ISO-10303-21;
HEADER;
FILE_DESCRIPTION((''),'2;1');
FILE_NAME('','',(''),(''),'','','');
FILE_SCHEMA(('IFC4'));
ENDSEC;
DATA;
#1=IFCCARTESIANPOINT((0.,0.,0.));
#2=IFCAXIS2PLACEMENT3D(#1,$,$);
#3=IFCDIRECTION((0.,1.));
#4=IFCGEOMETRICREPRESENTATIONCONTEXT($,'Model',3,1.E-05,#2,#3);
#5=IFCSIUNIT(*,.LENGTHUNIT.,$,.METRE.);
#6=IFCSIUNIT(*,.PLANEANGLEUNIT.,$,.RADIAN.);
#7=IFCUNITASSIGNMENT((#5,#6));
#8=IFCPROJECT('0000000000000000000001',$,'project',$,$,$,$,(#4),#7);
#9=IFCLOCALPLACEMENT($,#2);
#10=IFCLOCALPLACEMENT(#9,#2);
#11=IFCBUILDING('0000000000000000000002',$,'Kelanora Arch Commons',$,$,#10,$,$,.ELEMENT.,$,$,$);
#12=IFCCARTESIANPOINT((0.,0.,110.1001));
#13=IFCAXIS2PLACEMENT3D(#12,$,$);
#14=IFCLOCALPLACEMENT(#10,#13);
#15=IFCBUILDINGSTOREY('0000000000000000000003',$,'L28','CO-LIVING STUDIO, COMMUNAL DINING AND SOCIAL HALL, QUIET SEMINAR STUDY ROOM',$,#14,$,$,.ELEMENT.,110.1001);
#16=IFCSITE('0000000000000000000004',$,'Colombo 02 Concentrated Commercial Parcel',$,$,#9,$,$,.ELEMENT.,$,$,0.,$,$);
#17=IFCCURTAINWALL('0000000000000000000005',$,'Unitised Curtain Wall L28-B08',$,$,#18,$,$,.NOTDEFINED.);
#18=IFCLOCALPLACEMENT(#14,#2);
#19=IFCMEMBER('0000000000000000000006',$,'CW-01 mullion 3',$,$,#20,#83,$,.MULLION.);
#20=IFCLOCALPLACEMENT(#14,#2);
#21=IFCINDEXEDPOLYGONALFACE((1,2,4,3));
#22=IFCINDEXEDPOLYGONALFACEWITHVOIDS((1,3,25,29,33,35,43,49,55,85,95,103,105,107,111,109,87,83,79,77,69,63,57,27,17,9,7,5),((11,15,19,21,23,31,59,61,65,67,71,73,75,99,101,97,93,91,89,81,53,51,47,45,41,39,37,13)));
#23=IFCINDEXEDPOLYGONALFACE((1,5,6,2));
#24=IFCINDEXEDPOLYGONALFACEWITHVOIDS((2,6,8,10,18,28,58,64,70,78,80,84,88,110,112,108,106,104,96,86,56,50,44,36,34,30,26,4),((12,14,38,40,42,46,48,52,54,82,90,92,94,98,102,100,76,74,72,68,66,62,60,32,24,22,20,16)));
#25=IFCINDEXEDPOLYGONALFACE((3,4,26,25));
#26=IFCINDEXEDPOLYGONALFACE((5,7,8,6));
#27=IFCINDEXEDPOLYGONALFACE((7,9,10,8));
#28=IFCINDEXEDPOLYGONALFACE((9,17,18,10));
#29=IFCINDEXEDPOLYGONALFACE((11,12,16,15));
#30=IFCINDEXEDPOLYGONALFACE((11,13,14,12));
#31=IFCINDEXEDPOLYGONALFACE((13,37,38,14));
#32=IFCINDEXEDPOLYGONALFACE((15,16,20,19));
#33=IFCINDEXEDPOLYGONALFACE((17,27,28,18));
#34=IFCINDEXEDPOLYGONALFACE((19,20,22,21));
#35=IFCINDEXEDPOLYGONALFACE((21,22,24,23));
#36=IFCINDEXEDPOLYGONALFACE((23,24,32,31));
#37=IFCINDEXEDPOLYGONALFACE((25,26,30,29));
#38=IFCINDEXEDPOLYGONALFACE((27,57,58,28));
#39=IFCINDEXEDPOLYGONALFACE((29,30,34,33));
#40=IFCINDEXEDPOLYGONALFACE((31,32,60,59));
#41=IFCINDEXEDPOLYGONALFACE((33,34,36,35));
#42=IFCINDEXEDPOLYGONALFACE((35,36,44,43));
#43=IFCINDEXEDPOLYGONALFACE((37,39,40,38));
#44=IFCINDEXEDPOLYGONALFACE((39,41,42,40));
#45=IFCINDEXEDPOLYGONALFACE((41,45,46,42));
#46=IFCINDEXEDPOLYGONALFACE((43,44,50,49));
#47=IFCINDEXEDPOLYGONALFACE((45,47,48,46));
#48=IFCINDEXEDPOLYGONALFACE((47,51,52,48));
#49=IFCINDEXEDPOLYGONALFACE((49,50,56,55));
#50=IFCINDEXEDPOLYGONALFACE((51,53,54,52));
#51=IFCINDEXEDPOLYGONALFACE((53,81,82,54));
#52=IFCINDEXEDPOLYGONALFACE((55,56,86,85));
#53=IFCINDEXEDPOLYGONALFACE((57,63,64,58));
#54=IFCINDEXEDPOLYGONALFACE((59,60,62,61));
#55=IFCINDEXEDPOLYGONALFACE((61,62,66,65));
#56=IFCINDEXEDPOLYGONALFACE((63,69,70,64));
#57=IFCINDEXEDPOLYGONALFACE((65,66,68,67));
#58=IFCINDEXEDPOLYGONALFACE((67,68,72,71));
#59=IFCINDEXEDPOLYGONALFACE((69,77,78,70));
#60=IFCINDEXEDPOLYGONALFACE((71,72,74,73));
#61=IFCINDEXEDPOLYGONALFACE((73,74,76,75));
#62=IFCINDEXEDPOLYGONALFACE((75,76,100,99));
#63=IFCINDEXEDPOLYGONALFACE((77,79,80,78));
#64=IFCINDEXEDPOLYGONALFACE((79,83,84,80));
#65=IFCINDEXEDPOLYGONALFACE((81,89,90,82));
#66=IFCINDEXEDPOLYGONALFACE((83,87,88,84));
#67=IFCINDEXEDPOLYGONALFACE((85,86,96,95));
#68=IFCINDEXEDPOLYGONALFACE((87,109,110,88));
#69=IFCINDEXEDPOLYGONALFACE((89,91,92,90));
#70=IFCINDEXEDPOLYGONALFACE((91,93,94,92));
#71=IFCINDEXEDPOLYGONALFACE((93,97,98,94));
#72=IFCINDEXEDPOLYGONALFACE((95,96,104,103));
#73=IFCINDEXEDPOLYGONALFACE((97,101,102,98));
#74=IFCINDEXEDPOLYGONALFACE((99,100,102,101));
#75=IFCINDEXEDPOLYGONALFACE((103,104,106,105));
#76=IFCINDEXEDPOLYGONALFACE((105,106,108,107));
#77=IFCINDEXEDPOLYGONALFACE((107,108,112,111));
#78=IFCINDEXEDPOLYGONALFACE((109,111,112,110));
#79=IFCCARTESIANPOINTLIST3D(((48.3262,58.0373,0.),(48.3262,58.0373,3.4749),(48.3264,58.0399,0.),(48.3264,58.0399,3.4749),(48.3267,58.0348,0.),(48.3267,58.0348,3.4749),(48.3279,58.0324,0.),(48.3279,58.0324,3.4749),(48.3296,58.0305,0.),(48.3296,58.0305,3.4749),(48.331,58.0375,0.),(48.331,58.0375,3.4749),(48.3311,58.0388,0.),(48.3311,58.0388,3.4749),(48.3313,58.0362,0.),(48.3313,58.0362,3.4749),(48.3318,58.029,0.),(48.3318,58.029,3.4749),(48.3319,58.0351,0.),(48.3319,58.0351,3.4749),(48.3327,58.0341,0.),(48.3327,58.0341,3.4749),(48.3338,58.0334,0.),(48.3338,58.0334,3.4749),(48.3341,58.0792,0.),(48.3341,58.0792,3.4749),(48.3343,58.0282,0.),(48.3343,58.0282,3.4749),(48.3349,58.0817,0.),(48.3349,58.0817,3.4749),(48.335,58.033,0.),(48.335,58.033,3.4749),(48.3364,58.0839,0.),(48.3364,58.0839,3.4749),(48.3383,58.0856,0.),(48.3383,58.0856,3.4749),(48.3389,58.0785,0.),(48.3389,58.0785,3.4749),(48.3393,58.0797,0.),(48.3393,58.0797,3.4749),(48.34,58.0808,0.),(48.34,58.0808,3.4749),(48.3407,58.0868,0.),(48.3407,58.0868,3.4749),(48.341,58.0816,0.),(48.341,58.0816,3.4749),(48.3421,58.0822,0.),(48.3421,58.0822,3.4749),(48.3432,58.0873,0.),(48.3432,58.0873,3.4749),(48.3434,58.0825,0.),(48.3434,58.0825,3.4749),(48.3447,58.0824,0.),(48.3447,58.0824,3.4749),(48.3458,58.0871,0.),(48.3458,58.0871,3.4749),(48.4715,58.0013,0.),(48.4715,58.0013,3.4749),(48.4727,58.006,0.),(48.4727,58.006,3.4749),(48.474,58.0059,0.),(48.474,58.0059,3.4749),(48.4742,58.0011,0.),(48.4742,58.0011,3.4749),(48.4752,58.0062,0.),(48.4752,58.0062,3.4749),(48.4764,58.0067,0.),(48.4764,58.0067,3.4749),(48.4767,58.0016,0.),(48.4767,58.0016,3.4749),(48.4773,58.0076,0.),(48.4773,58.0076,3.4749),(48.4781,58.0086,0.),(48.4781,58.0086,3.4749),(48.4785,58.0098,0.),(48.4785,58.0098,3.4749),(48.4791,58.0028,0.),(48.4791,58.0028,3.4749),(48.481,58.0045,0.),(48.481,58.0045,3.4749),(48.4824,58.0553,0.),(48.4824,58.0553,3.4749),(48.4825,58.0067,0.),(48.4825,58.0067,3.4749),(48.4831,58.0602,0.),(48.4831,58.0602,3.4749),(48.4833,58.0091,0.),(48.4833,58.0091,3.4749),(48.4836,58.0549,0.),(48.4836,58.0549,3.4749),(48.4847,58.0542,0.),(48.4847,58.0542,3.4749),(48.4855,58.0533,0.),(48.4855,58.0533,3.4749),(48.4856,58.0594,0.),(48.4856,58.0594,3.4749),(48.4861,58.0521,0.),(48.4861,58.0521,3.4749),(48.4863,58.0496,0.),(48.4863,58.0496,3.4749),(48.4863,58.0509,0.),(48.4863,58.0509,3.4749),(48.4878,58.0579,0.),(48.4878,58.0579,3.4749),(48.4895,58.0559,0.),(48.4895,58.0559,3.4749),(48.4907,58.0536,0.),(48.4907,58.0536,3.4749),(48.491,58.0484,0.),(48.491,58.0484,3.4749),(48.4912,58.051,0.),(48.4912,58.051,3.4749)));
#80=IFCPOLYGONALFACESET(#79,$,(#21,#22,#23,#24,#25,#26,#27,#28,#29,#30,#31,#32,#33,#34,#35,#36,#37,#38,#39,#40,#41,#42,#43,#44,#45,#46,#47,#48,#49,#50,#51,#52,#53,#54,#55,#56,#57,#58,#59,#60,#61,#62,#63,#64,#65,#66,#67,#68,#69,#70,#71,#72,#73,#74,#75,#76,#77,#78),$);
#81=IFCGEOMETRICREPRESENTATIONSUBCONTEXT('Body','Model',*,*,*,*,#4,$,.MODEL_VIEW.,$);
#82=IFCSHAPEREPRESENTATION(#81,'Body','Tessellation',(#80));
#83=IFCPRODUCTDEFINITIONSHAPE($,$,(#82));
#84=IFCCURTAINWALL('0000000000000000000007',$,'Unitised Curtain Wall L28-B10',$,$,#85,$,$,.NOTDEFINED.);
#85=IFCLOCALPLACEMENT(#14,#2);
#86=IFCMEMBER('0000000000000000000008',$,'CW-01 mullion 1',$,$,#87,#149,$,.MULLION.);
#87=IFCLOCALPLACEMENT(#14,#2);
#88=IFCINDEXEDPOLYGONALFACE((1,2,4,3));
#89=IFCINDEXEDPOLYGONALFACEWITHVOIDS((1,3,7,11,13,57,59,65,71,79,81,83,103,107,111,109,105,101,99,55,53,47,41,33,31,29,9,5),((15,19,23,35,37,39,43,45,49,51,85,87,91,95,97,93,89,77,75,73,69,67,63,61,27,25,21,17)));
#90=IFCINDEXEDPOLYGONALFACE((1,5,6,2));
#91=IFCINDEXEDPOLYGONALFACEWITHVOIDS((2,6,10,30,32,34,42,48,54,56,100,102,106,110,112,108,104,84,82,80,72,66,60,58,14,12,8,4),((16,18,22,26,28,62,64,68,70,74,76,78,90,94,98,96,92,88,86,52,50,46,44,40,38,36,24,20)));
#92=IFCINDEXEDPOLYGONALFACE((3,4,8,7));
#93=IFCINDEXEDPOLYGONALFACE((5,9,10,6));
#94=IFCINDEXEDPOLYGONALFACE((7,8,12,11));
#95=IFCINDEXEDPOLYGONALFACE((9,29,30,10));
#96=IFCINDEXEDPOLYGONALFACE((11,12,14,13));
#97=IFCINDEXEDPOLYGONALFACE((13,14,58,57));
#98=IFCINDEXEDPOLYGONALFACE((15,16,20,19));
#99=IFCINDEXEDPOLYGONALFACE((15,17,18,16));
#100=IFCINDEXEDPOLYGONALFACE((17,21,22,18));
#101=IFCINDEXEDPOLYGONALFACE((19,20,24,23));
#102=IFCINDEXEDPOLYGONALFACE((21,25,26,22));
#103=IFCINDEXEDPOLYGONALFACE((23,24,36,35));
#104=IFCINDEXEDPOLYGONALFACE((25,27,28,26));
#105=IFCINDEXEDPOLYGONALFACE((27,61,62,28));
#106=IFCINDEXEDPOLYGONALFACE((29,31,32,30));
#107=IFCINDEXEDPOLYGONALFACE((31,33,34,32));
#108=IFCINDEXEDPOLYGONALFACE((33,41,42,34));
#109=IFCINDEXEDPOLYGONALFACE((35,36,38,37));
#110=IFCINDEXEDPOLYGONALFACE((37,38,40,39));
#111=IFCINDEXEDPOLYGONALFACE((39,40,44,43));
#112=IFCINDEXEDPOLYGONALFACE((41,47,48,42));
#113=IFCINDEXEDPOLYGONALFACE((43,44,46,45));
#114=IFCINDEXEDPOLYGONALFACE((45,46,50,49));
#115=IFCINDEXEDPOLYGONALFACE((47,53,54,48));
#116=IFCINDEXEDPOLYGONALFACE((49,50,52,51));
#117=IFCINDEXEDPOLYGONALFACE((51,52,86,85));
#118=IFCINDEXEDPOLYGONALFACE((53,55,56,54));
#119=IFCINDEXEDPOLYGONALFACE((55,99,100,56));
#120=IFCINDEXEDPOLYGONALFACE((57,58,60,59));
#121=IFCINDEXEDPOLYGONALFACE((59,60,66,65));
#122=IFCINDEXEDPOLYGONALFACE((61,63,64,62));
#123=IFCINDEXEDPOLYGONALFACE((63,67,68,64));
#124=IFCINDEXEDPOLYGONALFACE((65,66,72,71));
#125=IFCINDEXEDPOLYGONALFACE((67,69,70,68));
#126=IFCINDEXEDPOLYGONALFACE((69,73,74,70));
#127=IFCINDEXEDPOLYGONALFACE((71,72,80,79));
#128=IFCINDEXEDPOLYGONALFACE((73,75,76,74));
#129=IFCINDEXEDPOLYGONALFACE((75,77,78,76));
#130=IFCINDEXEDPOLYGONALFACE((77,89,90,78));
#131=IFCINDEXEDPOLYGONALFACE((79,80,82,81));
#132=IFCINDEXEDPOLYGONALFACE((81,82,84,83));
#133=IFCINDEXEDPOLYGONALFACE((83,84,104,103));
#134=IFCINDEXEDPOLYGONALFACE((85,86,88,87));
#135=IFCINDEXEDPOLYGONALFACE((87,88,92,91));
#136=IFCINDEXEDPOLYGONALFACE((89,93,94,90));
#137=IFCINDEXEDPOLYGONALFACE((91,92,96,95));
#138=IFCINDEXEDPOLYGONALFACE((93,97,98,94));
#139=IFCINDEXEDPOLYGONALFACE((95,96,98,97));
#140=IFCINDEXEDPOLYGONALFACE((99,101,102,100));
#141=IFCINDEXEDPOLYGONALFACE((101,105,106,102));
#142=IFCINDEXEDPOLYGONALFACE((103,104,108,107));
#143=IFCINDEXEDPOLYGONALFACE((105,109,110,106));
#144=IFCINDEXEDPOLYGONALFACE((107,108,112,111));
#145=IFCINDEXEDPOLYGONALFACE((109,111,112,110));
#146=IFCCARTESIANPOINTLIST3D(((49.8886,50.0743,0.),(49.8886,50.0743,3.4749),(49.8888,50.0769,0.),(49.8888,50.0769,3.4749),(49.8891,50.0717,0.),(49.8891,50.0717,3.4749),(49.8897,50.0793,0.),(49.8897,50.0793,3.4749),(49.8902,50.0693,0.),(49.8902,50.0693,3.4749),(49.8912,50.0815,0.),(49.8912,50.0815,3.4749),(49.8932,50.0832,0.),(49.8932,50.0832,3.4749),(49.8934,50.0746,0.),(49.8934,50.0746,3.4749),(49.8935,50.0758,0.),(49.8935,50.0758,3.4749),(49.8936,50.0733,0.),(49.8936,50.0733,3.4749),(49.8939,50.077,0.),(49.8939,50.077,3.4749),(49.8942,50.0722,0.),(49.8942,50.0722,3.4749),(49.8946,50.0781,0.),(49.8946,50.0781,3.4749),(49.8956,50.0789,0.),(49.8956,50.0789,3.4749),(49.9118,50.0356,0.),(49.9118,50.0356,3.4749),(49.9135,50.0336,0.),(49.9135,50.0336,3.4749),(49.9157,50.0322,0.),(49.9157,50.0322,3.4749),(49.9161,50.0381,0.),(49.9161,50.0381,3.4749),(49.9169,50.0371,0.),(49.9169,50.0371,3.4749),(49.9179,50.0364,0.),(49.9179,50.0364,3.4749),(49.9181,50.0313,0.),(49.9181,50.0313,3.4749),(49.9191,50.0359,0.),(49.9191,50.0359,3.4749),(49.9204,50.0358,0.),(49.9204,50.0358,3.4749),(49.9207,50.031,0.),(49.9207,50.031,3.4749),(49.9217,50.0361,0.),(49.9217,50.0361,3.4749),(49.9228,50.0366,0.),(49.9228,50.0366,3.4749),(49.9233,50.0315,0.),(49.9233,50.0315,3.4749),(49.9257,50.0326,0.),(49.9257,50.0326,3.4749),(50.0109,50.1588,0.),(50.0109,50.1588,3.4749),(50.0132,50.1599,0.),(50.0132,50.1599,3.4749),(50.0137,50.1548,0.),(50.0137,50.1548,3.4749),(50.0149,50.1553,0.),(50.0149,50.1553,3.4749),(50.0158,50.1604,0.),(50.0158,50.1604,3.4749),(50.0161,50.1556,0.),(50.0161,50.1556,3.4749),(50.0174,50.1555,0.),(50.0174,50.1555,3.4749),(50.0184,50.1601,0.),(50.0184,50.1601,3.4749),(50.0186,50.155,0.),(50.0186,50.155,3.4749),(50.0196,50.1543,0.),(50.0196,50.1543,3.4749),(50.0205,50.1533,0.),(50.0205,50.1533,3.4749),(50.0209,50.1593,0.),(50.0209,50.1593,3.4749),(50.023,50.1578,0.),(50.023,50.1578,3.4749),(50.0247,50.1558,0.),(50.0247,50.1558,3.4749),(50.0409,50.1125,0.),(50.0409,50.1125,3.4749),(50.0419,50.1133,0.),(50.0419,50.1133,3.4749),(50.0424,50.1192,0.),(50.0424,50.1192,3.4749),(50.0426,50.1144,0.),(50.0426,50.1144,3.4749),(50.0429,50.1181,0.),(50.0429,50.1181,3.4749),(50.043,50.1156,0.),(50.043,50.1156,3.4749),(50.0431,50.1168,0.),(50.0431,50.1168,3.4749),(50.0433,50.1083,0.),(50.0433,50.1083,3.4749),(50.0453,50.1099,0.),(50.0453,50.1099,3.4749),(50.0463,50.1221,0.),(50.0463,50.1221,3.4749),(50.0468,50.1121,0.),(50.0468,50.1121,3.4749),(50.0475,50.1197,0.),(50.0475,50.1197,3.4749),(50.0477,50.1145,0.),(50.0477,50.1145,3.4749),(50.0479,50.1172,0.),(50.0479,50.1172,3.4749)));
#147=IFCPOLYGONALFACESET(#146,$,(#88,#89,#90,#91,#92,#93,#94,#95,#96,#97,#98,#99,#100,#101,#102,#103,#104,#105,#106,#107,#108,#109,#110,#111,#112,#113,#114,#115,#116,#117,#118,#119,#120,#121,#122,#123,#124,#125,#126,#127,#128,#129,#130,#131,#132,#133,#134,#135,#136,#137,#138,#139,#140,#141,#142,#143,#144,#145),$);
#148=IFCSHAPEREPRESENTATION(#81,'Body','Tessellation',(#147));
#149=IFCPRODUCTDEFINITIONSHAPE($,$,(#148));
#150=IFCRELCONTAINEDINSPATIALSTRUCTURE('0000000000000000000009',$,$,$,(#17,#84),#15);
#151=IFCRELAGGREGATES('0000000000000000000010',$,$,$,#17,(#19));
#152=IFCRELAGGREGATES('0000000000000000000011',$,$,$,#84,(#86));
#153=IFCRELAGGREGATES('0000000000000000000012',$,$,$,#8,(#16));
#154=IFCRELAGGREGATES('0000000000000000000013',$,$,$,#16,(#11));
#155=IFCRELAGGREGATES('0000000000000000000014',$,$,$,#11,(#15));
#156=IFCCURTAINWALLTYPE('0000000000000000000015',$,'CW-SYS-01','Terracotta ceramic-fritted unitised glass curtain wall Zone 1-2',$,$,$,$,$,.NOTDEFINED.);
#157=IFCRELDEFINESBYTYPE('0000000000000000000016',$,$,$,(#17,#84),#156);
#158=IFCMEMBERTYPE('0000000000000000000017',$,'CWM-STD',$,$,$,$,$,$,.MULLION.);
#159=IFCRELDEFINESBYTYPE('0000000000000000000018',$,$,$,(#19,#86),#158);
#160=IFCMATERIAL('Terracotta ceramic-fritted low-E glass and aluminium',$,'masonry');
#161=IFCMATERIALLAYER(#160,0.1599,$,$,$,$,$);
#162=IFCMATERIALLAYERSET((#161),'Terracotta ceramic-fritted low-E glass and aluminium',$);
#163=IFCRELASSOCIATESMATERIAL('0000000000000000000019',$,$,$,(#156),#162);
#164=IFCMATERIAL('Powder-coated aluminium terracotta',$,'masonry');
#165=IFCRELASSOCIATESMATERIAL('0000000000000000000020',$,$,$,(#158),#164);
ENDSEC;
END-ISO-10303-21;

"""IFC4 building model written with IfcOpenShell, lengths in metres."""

from ifc_helpers import new_model, si_unit, direction, frame, origin, origin_2d, place, context, subcontext, project, spatial, hollow_rectangle, extrude, material, layer, layer_set, material_profile, profile_set, type_object, element, aggregate, save


model = new_model("IFC4")

# Units and contexts
model_context = context("Model", 3, precision=1e-05, world=origin(), true_north=direction((0.0, 1.0)))
body_context = subcontext(model_context, "Body", "Model", "MODEL_VIEW")
ifc_project = project(units=[si_unit("LENGTHUNIT", "METRE"), si_unit("PLANEANGLEUNIT", "RADIAN")], contexts=[model_context])

# Site, building, storey
site_placement = place(None, origin())
site = spatial("IfcSite", under=ifc_project, at=site_placement, Name="Colombo 02 Concentrated Commercial Parcel", CompositionType="ELEMENT", RefElevation=0.0)
building_placement = place(site_placement, origin())
building = spatial("IfcBuilding", under=site, at=building_placement, Name="Kelanora Arch Commons", CompositionType="ELEMENT")
storey_placement = place(building_placement, frame((0.0, 0.0, 110.1001)))
storey = spatial("IfcBuildingStorey", under=building, at=storey_placement, Name="L28", Description="CO-LIVING STUDIO, COMMUNAL DINING AND SOCIAL HALL, QUIET SEMINAR STUDY ROOM", CompositionType="ELEMENT", Elevation=110.1001)

# Curtain wall, member
ifc_material_1 = material(Name="Terracotta ceramic-fritted low-E glass and aluminium", Category="masonry")
ifc_layer_1 = layer(ifc_material_1, 0.1599)
ifc_layer_set_1 = layer_set([ifc_layer_1], Name="Terracotta ceramic-fritted low-E glass and aluminium")
curtain_wall_type = type_object("IfcCurtainWallType", Name="CW-SYS-01", Description="Terracotta ceramic-fritted unitised glass curtain wall Zone 1-2", PredefinedType="NOTDEFINED", material=ifc_layer_set_1)
curtain_wall_1_placement = place(storey_placement, origin())
curtain_wall_1 = element("IfcCurtainWall", 1, at=curtain_wall_1_placement, inside=storey, type_object=curtain_wall_type, Name="Unitised Curtain Wall L28-B08", PredefinedType="NOTDEFINED")
ifc_material_2 = material(Name="Powder-coated aluminium terracotta", Category="masonry")
ifc_material_profile_1 = material_profile(ifc_material_2, hollow_rectangle(XDim=0.1599, YDim=0.0601, WallThickness=0.0049, InnerFilletRadius=0.0049, OuterFilletRadius=0.01, at=origin_2d()), Name="CWM160x60")
ifc_profile_set_1 = profile_set([ifc_material_profile_1], Name="Powder-coated aluminium terracotta")
member_type_1 = type_object("IfcMemberType", Name="CWM-STD", PredefinedType="MULLION", material=ifc_profile_set_1)
member_1_placement = place(storey_placement, frame((48.4087, 58.0442, 0.0), z_axis=(0.0, 0.0, 1.0), x_axis=(0.98128, -0.192585, 0.0)))
member_1 = element("IfcMember", 2, at=member_1_placement, type_object=member_type_1, Name="CW-01 mullion 3", PredefinedType="MULLION", context=body_context, shape_type="SweptSolid", body=[
    extrude(hollow_rectangle(XDim=0.1599, YDim=0.0601, WallThickness=0.0049, InnerFilletRadius=0.0049, OuterFilletRadius=0.01, at=origin_2d()), origin(), (0.0, 0.0, 1.0), 3.4749),
])
aggregate(curtain_wall_1, [member_1])

# Curtain wall, member
curtain_wall_2_placement = place(storey_placement, origin())
curtain_wall_2 = element("IfcCurtainWall", 3, at=curtain_wall_2_placement, inside=storey, type_object=curtain_wall_type, Name="Unitised Curtain Wall L28-B10", PredefinedType="NOTDEFINED")
member_2_placement = place(storey_placement, frame((49.9683, 50.0957, 0.0), z_axis=(0.0, 0.0, 1.0), x_axis=(0.841269, 0.540617, 0.0)))
member_2 = element("IfcMember", 4, at=member_2_placement, type_object=member_type_1, Name="CW-01 mullion 1", PredefinedType="MULLION", context=body_context, shape_type="SweptSolid", body=[
    extrude(hollow_rectangle(XDim=0.1599, YDim=0.0601, WallThickness=0.0049, InnerFilletRadius=0.0049, OuterFilletRadius=0.01, at=origin_2d()), origin(), (0.0, 0.0, 1.0), 3.4749),
])

aggregate(curtain_wall_2, [member_2])

save(model, "model.ifc")
